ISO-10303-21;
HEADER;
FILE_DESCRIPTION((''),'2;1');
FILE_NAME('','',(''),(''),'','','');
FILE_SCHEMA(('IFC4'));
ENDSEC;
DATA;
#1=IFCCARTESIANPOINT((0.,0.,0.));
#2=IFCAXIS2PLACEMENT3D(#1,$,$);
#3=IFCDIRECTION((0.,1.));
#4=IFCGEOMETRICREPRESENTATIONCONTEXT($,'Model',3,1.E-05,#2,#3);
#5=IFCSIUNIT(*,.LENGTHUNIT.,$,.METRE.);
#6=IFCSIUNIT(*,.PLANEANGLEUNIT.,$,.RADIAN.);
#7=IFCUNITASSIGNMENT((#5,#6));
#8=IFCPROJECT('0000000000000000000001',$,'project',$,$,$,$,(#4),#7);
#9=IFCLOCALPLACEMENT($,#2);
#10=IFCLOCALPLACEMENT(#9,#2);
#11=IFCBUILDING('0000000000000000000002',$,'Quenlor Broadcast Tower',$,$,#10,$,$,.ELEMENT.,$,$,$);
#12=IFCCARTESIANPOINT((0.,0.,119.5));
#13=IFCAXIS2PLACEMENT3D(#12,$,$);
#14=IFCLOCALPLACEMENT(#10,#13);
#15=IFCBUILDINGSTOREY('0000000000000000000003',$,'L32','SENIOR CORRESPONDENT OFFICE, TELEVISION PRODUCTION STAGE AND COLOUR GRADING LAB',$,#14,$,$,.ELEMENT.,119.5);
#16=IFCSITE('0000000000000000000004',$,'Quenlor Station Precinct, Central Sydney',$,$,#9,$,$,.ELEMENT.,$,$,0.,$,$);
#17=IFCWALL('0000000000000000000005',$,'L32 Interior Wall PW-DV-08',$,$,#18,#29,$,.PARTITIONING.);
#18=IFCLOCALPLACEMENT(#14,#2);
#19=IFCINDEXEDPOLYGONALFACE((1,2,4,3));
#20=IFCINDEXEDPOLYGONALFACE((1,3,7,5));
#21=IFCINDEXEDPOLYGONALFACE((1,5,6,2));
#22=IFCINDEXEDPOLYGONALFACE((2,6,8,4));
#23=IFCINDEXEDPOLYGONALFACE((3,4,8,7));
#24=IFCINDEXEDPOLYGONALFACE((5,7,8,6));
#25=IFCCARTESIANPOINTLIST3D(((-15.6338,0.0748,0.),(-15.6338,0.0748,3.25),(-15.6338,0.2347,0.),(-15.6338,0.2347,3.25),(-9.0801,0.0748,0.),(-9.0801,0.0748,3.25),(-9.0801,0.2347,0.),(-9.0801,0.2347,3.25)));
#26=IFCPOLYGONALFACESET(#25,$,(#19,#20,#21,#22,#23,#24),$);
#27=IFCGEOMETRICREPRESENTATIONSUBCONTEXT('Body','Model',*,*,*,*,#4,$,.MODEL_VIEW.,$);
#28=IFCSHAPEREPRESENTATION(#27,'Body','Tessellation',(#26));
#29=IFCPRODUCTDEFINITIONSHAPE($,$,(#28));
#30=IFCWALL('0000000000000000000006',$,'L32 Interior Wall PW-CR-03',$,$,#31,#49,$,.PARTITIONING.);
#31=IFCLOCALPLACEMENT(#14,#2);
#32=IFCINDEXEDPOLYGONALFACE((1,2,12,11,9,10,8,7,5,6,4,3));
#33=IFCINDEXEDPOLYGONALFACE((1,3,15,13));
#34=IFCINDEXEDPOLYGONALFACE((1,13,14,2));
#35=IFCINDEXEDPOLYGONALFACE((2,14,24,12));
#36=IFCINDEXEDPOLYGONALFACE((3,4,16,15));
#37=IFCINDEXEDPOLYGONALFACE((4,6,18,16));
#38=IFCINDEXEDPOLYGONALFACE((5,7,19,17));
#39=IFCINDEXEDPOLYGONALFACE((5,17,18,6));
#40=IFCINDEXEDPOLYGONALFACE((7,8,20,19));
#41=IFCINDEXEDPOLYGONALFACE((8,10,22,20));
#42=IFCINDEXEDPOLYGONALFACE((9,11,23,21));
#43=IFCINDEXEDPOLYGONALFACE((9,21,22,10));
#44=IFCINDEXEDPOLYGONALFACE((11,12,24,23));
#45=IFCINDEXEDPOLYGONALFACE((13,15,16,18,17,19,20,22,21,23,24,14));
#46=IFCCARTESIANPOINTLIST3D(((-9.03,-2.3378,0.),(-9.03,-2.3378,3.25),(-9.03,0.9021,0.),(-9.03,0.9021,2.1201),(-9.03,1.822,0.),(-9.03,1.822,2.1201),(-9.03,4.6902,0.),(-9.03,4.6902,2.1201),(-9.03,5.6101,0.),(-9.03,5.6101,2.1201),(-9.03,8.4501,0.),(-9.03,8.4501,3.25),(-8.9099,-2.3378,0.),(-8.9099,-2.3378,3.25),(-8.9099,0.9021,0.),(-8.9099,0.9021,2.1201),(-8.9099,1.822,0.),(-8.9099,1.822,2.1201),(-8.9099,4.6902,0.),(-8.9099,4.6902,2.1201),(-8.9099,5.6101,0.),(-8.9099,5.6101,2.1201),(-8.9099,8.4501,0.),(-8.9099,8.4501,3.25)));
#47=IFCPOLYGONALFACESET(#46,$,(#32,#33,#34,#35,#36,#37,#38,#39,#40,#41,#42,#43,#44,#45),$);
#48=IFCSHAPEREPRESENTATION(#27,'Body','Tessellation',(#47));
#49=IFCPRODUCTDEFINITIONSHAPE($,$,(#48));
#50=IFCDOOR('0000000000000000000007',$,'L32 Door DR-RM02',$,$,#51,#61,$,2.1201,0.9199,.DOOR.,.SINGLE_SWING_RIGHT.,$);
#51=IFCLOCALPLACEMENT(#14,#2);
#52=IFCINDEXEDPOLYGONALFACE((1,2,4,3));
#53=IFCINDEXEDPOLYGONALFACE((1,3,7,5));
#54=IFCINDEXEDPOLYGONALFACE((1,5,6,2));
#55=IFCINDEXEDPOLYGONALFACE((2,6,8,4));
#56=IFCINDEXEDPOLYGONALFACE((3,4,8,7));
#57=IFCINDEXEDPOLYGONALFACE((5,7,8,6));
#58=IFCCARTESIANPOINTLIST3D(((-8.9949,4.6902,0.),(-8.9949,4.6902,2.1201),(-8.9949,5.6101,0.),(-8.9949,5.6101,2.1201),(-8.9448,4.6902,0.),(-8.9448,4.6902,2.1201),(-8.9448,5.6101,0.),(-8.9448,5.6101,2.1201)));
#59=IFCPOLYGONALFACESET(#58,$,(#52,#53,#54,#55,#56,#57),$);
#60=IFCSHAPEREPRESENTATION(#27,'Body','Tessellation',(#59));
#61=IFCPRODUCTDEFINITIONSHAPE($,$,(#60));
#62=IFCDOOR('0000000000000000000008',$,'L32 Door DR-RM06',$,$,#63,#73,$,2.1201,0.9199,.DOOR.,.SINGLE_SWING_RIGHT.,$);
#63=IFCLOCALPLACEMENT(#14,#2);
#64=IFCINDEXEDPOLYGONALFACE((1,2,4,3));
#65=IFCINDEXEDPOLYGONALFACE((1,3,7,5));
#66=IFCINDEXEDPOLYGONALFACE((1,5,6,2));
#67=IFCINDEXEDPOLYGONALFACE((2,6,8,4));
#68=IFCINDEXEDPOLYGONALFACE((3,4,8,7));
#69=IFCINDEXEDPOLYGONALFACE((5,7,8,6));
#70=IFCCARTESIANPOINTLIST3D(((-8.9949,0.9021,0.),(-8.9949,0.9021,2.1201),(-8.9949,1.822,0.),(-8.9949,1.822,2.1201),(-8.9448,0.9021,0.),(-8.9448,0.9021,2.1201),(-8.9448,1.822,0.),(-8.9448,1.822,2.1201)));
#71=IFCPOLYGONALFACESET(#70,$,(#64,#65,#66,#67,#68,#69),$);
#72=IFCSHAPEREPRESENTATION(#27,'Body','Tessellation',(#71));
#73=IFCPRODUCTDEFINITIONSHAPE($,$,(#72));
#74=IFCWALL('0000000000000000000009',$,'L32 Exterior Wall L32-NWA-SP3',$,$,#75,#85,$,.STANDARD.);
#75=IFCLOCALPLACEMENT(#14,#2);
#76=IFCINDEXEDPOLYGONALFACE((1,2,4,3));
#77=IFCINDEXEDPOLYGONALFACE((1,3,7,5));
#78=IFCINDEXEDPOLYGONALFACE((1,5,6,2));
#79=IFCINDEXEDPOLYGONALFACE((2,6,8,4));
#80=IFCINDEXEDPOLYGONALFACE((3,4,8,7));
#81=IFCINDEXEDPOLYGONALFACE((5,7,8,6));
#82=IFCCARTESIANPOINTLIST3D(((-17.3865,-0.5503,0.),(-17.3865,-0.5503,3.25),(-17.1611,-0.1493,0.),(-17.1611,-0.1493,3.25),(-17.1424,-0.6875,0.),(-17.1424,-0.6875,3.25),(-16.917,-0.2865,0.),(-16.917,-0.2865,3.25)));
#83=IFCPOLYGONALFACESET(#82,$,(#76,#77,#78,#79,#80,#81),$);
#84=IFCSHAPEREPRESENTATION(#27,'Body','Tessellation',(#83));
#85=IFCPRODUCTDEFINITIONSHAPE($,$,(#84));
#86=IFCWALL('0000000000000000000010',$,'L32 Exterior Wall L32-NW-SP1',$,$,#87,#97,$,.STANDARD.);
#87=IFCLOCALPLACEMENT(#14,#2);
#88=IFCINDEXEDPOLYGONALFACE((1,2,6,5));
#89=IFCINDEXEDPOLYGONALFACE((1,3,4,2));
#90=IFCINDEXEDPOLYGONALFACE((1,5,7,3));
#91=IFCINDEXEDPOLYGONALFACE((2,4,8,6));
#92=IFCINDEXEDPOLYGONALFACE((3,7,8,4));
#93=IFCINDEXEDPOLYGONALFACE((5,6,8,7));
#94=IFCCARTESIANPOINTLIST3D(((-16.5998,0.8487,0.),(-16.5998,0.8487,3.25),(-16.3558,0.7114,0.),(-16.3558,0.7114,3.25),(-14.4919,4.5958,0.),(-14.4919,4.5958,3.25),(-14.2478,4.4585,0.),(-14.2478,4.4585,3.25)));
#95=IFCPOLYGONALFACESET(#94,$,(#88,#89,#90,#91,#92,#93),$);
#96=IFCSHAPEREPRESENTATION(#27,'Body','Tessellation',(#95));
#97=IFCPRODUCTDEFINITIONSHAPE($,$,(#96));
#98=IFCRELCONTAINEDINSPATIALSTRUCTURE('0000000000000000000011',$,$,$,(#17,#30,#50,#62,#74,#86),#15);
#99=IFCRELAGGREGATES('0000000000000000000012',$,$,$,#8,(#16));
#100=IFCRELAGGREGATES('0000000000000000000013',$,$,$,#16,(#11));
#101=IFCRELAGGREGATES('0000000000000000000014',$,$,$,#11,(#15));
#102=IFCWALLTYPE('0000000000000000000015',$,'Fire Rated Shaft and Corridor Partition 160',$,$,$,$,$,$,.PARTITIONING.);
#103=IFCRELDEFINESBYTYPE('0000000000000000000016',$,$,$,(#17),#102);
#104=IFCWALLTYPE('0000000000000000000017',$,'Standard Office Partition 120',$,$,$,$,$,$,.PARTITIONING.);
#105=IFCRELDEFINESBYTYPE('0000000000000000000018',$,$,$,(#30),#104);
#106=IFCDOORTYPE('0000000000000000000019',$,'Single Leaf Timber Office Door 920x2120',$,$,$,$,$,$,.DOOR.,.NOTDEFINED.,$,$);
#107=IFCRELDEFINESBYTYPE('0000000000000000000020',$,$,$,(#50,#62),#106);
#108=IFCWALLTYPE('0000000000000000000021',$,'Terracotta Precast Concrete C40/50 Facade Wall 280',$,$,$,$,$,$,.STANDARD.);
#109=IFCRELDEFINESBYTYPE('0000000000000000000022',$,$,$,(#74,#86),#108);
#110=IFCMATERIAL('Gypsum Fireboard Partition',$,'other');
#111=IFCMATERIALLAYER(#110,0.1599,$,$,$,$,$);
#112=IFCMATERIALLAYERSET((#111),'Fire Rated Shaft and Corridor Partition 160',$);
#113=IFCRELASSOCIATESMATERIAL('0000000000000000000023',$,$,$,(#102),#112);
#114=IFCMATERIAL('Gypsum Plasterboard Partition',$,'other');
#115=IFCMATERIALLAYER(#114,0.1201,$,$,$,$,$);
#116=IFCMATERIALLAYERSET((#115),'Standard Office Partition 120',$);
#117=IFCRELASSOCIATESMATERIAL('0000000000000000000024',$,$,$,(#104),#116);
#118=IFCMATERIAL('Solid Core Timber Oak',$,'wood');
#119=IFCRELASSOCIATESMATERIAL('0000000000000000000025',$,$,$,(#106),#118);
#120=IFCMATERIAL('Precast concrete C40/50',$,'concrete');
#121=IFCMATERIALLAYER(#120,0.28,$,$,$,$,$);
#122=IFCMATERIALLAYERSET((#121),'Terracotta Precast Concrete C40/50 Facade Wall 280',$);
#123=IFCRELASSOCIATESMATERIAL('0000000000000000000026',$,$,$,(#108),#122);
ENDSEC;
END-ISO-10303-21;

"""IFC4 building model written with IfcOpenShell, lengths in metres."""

from ifc_helpers import new_model, si_unit, direction, frame, frame_2d, origin, place, context, subcontext, project, spatial, rectangle, extrude, material, layer, layer_set, type_object, element, fill, save


model = new_model("IFC4")

# Units and contexts
model_context = context("Model", 3, precision=1e-05, world=origin(), true_north=direction((0.0, 1.0)))
body_context = subcontext(model_context, "Body", "Model", "MODEL_VIEW")
ifc_project = project(units=[si_unit("LENGTHUNIT", "METRE"), si_unit("PLANEANGLEUNIT", "RADIAN")], contexts=[model_context])

# Site, building, storey
site_placement = place(None, origin())
site = spatial("IfcSite", under=ifc_project, at=site_placement, Name="Quenlor Station Precinct, Central Sydney", CompositionType="ELEMENT", RefElevation=0.0)
building_placement = place(site_placement, origin())
building = spatial("IfcBuilding", under=site, at=building_placement, Name="Quenlor Broadcast Tower", CompositionType="ELEMENT")
storey_placement = place(building_placement, frame((0.0, 0.0, 119.5)))
storey = spatial("IfcBuildingStorey", under=building, at=storey_placement, Name="L32", Description="SENIOR CORRESPONDENT OFFICE, TELEVISION PRODUCTION STAGE AND COLOUR GRADING LAB", CompositionType="ELEMENT", Elevation=119.5)

# Wall
ifc_material_1 = material(Name="Gypsum Fireboard Partition", Category="other")
ifc_layer_1 = layer(ifc_material_1, 0.1599)
ifc_layer_set_1 = layer_set([ifc_layer_1], Name="Fire Rated Shaft and Corridor Partition 160")
wall_type_1 = type_object("IfcWallType", Name="Fire Rated Shaft and Corridor Partition 160", PredefinedType="PARTITIONING", material=ifc_layer_set_1)
wall_1_placement = place(storey_placement, frame((-9.0801, 0.1548, 0.0), z_axis=(0.0, 0.0, 1.0), x_axis=(-1.0, 0.0, 0.0)))
element("IfcWall", 1, at=wall_1_placement, inside=storey, type_object=wall_type_1, Name="L32 Interior Wall PW-DV-08", PredefinedType="PARTITIONING", context=body_context, shape_type="SweptSolid", body=[
    extrude(rectangle(XDim=6.5537, YDim=0.1599, at=frame_2d((3.2769, 0.0))), origin(), (0.0, 0.0, 1.0), 3.25),
])

# Wall, openings, doors
ifc_material_2 = material(Name="Gypsum Plasterboard Partition", Category="other")
ifc_layer_2 = layer(ifc_material_2, 0.1201)
ifc_layer_set_2 = layer_set([ifc_layer_2], Name="Standard Office Partition 120")
wall_type_2 = type_object("IfcWallType", Name="Standard Office Partition 120", PredefinedType="PARTITIONING", material=ifc_layer_set_2)
wall_2_placement = place(storey_placement, frame((-8.97, -2.3379, 0.0), z_axis=(0.0, 0.0, 1.0), x_axis=(0.0, 1.0, 0.0)))
wall_2 = element("IfcWall", 2, at=wall_2_placement, inside=storey, type_object=wall_type_2, Name="L32 Interior Wall PW-CR-03", PredefinedType="PARTITIONING", context=body_context, shape_type="SweptSolid", body=[
    extrude(rectangle(XDim=10.7878, YDim=0.1201, at=frame_2d((5.394, 0.0))), origin(), (0.0, 0.0, 1.0), 3.25),
])
opening_1_placement = place(wall_2_placement, frame((7.0281, 0.0, 0.0)))
opening_1 = element("IfcOpeningElement", 3, at=opening_1_placement, cuts=wall_2, PredefinedType="OPENING", context=body_context, shape_type="SweptSolid", body=[
    extrude(rectangle(XDim=0.9199, YDim=2.1201, at=frame_2d((0.46, 1.0601))), frame((0.0, 0.0701, 0.0), z_axis=(0.0, -1.0, 0.0), x_axis=(1.0, 0.0, 0.0)), (0.0, 0.0, 1.0), 0.1401),
])
opening_2_placement = place(wall_2_placement, frame((3.24, 0.0, 0.0)))
opening_2 = element("IfcOpeningElement", 4, at=opening_2_placement, cuts=wall_2, PredefinedType="OPENING", context=body_context, shape_type="SweptSolid", body=[
    extrude(rectangle(XDim=0.9199, YDim=2.1201, at=frame_2d((0.46, 1.0601))), frame((0.0, 0.0701, 0.0), z_axis=(0.0, -1.0, 0.0), x_axis=(1.0, 0.0, 0.0)), (0.0, 0.0, 1.0), 0.1401),
])
ifc_material_3 = material(Name="Solid Core Timber Oak", Category="wood")
door_type = type_object("IfcDoorType", Name="Single Leaf Timber Office Door 920x2120", OperationType="NOTDEFINED", PredefinedType="DOOR", material=ifc_material_3)
door_1_placement = place(opening_1_placement, origin())
door_1 = element("IfcDoor", 5, at=door_1_placement, inside=storey, type_object=door_type, Name="L32 Door DR-RM02", OperationType="SINGLE_SWING_RIGHT", OverallHeight=2.1201, OverallWidth=0.9199, PredefinedType="DOOR", context=body_context, shape_type="SweptSolid", body=[
    extrude(rectangle(XDim=0.9199, YDim=2.1201, at=frame_2d((0.46, 1.0601))), frame((0.0, 0.0249, 0.0), z_axis=(0.0, -1.0, 0.0), x_axis=(1.0, 0.0, 0.0)), (0.0, 0.0, 1.0), 0.05),
])
fill(opening_1, door_1)
door_2_placement = place(opening_2_placement, origin())
door_2 = element("IfcDoor", 6, at=door_2_placement, inside=storey, type_object=door_type, Name="L32 Door DR-RM06", OperationType="SINGLE_SWING_RIGHT", OverallHeight=2.1201, OverallWidth=0.9199, PredefinedType="DOOR", context=body_context, shape_type="SweptSolid", body=[
    extrude(rectangle(XDim=0.9199, YDim=2.1201, at=frame_2d((0.46, 1.0601))), frame((0.0, 0.0249, 0.0), z_axis=(0.0, -1.0, 0.0), x_axis=(1.0, 0.0, 0.0)), (0.0, 0.0, 1.0), 0.05),
])
fill(opening_2, door_2)

# Walls
ifc_material_4 = material(Name="Precast concrete C40/50", Category="concrete")
ifc_layer_3 = layer(ifc_material_4, 0.28)
ifc_layer_set_3 = layer_set([ifc_layer_3], Name="Terracotta Precast Concrete C40/50 Facade Wall 280")
wall_type_3 = type_object("IfcWallType", Name="Terracotta Precast Concrete C40/50 Facade Wall 280", PredefinedType="STANDARD", material=ifc_layer_set_3)
wall_3_placement = place(storey_placement, frame((-17.2644, -0.6189, 0.0), z_axis=(0.0, 0.0, 1.0), x_axis=(0.490009, 0.871717, 0.0)))
element("IfcWall", 7, at=wall_3_placement, inside=storey, type_object=wall_type_3, Name="L32 Exterior Wall L32-NWA-SP3", PredefinedType="STANDARD", context=body_context, shape_type="SweptSolid", body=[
    extrude(rectangle(XDim=0.46, YDim=0.28, at=frame_2d((0.23, 0.0))), origin(), (0.0, 0.0, 1.0), 3.25),
])
wall_4_placement = place(storey_placement, frame((-16.4778, 0.78, 0.0), z_axis=(0.0, 0.0, 1.0), x_axis=(0.490294, 0.871557, 0.0)))
element("IfcWall", 8, at=wall_4_placement, inside=storey, type_object=wall_type_3, Name="L32 Exterior Wall L32-NW-SP1", PredefinedType="STANDARD", context=body_context, shape_type="SweptSolid", body=[
    extrude(rectangle(XDim=4.2993, YDim=0.28, at=frame_2d((2.1497, 0.0))), origin(), (0.0, 0.0, 1.0), 3.25),
])

save(model, "model.ifc")
